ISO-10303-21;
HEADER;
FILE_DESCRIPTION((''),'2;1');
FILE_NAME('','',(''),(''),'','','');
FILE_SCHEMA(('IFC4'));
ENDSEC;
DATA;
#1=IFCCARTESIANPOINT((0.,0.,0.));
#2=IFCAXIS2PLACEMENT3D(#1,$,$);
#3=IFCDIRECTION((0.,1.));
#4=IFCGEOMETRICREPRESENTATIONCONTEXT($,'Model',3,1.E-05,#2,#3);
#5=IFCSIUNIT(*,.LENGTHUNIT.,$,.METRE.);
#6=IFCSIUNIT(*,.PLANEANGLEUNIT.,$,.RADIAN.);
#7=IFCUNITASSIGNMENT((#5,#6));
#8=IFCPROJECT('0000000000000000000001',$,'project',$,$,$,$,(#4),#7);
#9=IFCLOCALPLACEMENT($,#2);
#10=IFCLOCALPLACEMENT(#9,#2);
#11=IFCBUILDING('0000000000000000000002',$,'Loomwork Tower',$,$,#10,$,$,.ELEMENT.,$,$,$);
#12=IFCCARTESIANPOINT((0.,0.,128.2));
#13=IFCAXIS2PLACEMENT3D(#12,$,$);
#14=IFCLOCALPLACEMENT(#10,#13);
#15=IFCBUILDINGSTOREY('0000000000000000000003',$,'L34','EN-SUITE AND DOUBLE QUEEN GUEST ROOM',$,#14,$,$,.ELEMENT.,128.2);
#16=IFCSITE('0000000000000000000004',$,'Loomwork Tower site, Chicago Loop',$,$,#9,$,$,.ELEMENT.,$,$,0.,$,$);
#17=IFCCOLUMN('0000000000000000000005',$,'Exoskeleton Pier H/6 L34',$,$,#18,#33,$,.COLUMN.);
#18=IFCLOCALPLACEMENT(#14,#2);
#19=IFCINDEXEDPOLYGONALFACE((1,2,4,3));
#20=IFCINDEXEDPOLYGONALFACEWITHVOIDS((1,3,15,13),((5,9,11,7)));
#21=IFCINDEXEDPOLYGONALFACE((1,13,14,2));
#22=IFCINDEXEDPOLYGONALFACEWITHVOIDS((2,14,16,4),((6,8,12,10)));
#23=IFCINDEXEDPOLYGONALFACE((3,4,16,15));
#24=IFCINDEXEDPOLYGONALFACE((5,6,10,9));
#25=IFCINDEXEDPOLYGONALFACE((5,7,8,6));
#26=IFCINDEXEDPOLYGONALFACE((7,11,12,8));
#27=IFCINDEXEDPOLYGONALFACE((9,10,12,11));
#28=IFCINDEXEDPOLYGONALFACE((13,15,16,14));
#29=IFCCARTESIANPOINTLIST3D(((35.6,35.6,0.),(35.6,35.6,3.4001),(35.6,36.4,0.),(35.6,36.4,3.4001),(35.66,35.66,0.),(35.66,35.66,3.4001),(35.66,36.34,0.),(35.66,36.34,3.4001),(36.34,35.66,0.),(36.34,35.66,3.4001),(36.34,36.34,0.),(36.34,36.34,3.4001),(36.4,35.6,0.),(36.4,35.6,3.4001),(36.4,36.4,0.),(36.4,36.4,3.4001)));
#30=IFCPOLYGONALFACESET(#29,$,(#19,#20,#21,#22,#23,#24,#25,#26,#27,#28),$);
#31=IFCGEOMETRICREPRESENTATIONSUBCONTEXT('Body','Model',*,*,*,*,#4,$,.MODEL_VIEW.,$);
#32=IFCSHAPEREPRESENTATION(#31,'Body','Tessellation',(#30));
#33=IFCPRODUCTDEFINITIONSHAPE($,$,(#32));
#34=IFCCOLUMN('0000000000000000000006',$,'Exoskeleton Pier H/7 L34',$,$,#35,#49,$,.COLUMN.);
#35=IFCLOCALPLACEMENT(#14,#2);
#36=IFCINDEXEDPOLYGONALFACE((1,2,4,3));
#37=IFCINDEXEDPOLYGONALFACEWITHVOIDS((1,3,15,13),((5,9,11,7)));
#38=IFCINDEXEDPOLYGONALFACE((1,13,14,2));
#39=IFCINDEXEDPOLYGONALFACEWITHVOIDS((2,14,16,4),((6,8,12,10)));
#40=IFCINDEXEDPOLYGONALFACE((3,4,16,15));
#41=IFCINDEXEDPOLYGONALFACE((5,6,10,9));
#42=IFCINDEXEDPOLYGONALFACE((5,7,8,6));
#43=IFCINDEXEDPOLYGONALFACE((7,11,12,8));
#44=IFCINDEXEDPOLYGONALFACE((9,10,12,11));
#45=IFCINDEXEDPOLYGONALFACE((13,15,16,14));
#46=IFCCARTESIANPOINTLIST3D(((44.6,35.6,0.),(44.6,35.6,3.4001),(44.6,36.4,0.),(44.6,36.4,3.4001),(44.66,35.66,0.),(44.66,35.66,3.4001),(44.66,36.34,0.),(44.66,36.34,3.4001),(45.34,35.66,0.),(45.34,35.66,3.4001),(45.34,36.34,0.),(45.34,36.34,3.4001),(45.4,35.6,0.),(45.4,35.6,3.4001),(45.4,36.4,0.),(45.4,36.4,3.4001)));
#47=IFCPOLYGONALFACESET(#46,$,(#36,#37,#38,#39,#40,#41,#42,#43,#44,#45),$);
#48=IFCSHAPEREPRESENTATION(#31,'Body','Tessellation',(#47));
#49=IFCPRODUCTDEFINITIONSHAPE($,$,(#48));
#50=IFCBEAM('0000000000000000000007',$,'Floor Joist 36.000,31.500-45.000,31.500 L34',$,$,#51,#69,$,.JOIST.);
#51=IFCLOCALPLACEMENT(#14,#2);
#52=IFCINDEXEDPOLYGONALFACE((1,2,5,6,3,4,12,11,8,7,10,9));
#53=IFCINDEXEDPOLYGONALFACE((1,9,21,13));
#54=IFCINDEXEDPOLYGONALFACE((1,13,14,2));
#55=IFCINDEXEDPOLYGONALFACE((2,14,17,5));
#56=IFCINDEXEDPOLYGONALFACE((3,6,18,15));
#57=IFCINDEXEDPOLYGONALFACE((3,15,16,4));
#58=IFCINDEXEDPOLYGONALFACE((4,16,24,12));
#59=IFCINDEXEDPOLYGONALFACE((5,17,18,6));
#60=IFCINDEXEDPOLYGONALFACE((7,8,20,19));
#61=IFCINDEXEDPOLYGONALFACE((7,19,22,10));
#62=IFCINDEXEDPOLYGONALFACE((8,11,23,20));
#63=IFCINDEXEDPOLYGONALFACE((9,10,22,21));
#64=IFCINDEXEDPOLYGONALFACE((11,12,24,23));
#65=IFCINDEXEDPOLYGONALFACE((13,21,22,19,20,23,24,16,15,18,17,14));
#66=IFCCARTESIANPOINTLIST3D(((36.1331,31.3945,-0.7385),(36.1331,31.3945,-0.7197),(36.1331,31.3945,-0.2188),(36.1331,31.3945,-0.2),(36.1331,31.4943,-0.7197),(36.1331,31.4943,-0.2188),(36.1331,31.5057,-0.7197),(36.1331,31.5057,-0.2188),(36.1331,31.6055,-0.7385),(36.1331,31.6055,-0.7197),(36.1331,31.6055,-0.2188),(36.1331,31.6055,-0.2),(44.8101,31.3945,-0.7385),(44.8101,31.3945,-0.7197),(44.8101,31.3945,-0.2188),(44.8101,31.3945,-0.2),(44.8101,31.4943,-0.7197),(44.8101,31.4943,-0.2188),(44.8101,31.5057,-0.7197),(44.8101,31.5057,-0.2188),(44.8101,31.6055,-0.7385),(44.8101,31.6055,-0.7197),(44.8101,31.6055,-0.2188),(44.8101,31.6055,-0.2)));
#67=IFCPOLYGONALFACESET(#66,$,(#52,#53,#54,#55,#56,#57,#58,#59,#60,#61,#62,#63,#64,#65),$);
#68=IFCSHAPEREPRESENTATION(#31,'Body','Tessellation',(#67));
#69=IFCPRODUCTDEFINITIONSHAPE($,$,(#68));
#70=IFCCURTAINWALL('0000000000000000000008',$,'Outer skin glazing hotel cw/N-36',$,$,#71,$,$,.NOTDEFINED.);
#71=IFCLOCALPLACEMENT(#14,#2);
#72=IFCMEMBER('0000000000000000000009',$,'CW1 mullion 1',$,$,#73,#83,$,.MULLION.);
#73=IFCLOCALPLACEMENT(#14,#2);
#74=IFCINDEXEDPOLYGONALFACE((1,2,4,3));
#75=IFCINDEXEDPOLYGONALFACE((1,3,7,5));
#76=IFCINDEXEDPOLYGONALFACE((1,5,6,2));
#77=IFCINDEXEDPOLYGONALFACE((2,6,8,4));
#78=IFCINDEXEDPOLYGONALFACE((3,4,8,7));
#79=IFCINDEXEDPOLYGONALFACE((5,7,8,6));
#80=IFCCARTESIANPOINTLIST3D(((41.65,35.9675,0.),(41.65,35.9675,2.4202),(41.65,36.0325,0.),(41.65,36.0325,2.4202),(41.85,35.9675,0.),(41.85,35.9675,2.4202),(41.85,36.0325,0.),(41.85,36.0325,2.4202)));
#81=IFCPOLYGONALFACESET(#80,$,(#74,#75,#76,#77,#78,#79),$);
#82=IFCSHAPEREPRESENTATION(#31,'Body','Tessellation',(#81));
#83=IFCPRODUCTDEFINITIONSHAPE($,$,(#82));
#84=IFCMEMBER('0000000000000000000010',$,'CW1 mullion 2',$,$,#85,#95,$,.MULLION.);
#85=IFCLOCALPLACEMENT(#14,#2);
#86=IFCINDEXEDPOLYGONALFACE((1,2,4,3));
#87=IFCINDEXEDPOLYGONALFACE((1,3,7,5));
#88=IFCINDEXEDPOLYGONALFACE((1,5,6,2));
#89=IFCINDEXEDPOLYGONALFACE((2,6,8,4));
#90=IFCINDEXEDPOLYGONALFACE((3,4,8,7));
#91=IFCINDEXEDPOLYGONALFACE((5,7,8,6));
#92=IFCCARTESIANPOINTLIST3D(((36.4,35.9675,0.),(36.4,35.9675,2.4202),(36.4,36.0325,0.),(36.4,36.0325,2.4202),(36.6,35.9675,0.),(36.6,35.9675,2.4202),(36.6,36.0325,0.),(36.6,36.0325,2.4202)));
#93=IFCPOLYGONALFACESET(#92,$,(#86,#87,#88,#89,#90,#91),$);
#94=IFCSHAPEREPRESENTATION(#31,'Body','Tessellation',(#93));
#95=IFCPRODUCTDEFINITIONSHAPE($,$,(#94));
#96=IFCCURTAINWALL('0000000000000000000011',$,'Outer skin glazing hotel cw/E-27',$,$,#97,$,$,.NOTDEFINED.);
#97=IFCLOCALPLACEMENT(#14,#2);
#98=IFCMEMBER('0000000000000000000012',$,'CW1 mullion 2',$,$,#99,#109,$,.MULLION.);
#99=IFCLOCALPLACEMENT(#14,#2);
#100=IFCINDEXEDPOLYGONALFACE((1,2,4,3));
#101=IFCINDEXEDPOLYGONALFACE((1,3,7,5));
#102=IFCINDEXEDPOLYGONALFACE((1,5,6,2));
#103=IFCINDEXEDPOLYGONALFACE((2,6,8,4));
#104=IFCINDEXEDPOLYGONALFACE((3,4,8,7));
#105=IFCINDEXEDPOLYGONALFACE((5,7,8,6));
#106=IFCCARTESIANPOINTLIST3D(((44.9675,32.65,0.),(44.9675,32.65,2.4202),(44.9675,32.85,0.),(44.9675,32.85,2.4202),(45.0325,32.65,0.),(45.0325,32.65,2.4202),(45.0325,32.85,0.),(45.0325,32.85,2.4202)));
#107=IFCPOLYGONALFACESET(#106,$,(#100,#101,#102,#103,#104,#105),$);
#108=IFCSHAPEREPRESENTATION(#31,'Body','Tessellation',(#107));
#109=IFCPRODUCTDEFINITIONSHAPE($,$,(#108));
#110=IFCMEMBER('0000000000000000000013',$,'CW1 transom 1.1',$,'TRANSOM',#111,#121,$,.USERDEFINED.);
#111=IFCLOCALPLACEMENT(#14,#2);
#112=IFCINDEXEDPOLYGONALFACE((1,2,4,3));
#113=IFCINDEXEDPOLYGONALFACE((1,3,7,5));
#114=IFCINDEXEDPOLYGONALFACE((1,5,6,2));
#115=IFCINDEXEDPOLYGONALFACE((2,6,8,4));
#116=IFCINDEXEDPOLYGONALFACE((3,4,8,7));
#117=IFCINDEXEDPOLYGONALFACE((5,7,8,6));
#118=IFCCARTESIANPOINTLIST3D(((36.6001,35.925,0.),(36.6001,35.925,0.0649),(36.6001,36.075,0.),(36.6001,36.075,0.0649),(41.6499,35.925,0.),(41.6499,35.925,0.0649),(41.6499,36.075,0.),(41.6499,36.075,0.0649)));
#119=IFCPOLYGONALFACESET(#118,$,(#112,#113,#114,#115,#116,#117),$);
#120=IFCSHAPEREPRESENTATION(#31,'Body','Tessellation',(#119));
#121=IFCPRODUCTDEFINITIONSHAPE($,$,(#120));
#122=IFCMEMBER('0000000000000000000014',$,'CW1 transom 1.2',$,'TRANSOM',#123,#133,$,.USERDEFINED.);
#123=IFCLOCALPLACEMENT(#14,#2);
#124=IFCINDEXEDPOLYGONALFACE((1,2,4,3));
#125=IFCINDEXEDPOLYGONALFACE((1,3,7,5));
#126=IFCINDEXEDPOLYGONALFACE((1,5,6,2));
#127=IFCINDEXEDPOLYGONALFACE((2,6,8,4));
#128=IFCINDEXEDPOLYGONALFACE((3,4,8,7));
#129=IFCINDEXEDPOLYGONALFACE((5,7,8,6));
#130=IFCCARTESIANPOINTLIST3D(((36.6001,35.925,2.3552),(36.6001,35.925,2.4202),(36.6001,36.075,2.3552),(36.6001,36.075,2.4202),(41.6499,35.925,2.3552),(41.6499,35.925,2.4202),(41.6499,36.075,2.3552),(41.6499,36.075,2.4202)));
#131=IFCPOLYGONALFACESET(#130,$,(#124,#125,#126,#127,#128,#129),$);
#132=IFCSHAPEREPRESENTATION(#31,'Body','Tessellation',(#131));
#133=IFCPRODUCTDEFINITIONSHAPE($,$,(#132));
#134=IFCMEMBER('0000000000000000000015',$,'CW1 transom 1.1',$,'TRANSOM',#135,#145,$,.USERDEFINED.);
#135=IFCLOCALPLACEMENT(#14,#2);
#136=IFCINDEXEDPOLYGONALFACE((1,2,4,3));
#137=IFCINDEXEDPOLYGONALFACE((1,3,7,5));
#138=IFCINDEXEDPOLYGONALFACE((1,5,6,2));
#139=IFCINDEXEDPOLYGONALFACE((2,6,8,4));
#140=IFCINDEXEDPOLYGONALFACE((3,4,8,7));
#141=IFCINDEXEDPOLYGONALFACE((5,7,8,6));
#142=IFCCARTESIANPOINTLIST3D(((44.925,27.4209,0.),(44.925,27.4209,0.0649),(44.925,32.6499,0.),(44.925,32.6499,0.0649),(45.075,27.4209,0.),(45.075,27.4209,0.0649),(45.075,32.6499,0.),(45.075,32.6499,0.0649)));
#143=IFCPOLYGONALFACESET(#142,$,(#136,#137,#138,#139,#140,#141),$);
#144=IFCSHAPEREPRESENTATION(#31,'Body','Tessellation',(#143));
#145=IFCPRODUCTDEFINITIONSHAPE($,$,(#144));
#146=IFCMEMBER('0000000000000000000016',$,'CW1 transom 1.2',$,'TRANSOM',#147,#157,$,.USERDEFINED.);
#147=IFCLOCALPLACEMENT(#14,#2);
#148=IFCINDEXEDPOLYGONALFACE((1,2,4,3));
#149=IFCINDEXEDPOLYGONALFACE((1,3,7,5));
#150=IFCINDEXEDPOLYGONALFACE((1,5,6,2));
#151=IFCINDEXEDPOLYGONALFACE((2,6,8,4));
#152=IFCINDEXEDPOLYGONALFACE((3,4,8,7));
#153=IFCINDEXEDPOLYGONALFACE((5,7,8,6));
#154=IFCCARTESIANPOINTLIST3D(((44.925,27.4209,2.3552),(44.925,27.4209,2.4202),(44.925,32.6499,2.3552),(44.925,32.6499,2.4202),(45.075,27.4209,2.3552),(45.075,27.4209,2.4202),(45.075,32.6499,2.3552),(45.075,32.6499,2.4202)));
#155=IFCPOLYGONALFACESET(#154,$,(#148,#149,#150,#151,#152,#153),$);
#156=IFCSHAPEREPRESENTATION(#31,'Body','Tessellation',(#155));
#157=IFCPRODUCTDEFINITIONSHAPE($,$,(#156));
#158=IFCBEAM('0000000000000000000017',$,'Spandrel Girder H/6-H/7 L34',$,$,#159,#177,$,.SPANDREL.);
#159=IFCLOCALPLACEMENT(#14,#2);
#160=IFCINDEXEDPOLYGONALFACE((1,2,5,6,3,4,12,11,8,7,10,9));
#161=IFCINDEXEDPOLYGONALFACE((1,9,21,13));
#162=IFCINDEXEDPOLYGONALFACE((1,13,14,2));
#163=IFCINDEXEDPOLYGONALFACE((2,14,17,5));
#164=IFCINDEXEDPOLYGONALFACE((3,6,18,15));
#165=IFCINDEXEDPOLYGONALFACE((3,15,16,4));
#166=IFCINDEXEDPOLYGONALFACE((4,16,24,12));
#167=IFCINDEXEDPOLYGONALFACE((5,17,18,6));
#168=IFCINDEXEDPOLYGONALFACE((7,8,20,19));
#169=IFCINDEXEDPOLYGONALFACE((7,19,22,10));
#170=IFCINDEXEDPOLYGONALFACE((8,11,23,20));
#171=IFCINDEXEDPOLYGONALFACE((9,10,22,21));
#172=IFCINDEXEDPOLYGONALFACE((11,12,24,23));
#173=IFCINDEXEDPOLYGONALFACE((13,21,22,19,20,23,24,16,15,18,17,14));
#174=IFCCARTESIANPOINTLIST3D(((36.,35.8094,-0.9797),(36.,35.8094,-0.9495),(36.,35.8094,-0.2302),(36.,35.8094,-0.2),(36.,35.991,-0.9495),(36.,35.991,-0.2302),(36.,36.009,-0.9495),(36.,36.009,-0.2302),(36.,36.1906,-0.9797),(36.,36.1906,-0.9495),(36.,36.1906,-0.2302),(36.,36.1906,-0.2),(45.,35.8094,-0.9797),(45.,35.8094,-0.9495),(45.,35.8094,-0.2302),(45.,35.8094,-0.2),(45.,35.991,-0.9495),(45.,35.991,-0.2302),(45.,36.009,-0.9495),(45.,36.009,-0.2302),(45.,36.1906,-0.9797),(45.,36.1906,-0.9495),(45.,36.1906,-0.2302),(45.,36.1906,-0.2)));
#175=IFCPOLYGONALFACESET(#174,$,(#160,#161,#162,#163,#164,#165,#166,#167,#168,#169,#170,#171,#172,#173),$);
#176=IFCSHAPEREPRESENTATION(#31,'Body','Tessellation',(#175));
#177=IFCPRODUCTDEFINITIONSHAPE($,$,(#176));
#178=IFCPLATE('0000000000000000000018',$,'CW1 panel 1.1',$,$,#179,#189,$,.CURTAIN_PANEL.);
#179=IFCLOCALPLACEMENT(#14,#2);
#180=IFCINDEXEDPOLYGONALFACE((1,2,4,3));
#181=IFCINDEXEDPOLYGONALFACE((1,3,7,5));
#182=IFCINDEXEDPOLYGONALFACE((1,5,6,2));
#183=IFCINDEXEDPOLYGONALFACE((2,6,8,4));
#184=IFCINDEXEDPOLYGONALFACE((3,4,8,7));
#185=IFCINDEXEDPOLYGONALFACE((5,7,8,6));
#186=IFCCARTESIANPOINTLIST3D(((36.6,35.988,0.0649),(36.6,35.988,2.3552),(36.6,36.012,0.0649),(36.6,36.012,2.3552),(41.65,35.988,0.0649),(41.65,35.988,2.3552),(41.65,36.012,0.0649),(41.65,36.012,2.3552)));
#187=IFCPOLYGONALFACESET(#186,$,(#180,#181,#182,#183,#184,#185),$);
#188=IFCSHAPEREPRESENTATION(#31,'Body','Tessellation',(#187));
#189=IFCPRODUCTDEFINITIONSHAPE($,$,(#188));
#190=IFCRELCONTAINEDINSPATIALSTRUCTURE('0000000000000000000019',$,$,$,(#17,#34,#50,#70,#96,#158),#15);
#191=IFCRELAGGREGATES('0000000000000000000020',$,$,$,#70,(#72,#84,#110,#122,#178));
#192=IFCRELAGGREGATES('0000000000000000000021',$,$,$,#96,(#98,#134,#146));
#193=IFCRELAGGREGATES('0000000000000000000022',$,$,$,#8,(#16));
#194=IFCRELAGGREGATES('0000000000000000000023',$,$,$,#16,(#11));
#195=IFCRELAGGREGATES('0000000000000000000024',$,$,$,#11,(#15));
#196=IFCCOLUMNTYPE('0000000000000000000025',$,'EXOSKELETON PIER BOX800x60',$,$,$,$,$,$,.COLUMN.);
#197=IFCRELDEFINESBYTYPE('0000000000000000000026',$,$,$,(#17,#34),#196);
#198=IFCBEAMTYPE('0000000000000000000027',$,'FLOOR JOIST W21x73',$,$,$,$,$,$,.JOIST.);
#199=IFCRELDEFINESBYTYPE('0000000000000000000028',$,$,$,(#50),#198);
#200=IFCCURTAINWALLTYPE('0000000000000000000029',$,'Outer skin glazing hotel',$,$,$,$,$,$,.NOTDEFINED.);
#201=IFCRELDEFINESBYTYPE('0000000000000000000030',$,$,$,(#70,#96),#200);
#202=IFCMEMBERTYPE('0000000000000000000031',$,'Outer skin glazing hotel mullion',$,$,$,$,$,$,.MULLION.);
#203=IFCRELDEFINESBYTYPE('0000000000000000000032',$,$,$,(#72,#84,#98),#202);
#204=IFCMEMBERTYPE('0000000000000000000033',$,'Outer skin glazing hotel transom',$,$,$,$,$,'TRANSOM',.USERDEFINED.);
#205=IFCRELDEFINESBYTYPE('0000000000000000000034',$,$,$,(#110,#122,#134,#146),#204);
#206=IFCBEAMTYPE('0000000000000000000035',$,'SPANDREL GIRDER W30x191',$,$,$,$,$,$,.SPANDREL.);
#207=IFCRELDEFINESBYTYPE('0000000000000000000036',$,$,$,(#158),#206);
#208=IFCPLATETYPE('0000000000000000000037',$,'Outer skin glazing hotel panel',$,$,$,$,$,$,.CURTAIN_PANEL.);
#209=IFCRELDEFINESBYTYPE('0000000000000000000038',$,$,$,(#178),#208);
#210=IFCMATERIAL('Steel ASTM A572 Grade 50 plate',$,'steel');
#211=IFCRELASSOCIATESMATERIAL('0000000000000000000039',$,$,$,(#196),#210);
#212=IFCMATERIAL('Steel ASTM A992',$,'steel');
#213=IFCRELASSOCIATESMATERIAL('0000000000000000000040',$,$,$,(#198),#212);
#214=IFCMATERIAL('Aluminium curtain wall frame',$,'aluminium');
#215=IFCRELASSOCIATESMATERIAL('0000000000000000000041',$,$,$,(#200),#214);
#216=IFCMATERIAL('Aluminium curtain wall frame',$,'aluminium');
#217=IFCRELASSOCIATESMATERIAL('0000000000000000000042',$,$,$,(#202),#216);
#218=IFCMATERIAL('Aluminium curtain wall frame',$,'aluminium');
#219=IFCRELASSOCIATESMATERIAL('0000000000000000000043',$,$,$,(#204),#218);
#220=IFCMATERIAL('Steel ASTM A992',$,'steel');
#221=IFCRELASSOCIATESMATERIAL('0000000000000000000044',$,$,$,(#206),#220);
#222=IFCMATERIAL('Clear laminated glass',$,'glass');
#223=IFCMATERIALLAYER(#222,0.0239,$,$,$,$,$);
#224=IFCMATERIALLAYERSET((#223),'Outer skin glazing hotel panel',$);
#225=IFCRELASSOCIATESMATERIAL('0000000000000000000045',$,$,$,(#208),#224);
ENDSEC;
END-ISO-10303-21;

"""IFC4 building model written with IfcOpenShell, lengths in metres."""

from ifc_helpers import new_model, si_unit, direction, frame, origin, origin_2d, place, context, subcontext, project, spatial, rectangle, hollow_rectangle, i_section, extrude, material, layer, layer_set, material_profile, profile_set, type_object, element, aggregate, save


model = new_model("IFC4")

# Units and contexts
model_context = context("Model", 3, precision=1e-05, world=origin(), true_north=direction((0.0, 1.0)))
body_context = subcontext(model_context, "Body", "Model", "MODEL_VIEW")
ifc_project = project(units=[si_unit("LENGTHUNIT", "METRE"), si_unit("PLANEANGLEUNIT", "RADIAN")], contexts=[model_context])

# Site, building, storey
site_placement = place(None, origin())
site = spatial("IfcSite", under=ifc_project, at=site_placement, Name="Loomwork Tower site, Chicago Loop", CompositionType="ELEMENT", RefElevation=0.0)
building_placement = place(site_placement, origin())
building = spatial("IfcBuilding", under=site, at=building_placement, Name="Loomwork Tower", CompositionType="ELEMENT")
storey_placement = place(building_placement, frame((0.0, 0.0, 128.2)))
storey = spatial("IfcBuildingStorey", under=building, at=storey_placement, Name="L34", Description="EN-SUITE AND DOUBLE QUEEN GUEST ROOM", CompositionType="ELEMENT", Elevation=128.2)

# Columns
ifc_material_1 = material(Name="Steel ASTM A572 Grade 50 plate", Category="steel")
ifc_material_profile_1 = material_profile(ifc_material_1, hollow_rectangle(XDim=0.8, YDim=0.8, WallThickness=0.0601, at=origin_2d()), Name="BOX800x60")
ifc_profile_set_1 = profile_set([ifc_material_profile_1], Name="Steel ASTM A572 Grade 50 plate")
column_type = type_object("IfcColumnType", Name="EXOSKELETON PIER BOX800x60", PredefinedType="COLUMN", material=ifc_profile_set_1)
for number, where, z_axis, x_axis, name in (
    (1, (36.0, 36.0, 0.0), (0.0, 0.0, 1.0), (1.0, 0.0, 0.0), "Exoskeleton Pier H/6 L34"),
    (2, (45.0, 36.0, 0.0), (0.0, 0.0, 1.0), (1.0, 0.0, 0.0), "Exoskeleton Pier H/7 L34"),
):
    element("IfcColumn", number, at=place(storey_placement, frame(where, z_axis=z_axis, x_axis=x_axis)), inside=storey, type_object=column_type, Name=name, PredefinedType="COLUMN", context=body_context, shape_type="SweptSolid", body=[
        extrude(hollow_rectangle(XDim=0.8, YDim=0.8, WallThickness=0.0601, at=origin_2d()), origin(), (0.0, 0.0, 1.0), 3.4001),
    ])

# Beam
ifc_material_2 = material(Name="Steel ASTM A992", Category="steel")
ifc_material_profile_2 = material_profile(ifc_material_2, i_section(OverallWidth=0.2109, OverallDepth=0.5386, WebThickness=0.0115, FlangeThickness=0.0188, at=origin_2d()), Name="W21x73")
ifc_profile_set_2 = profile_set([ifc_material_profile_2], Name="Steel ASTM A992")
beam_type_1 = type_object("IfcBeamType", Name="FLOOR JOIST W21x73", PredefinedType="JOIST", material=ifc_profile_set_2)
beam_1_placement = place(storey_placement, frame((36.1331, 31.5, -0.4692), z_axis=(1.0, 0.0, 0.0), x_axis=(0.0, 1.0, 0.0)))
element("IfcBeam", 3, at=beam_1_placement, inside=storey, type_object=beam_type_1, Name="Floor Joist 36.000,31.500-45.000,31.500 L34", PredefinedType="JOIST", context=body_context, shape_type="SweptSolid", body=[
    extrude(i_section(OverallWidth=0.2109, OverallDepth=0.5386, WebThickness=0.0115, FlangeThickness=0.0188, at=origin_2d()), origin(), (0.0, 0.0, 1.0), 8.677),
])

# Curtain wall, members
ifc_material_3 = material(Name="Aluminium curtain wall frame", Category="aluminium")
curtain_wall_type = type_object("IfcCurtainWallType", Name="Outer skin glazing hotel", PredefinedType="NOTDEFINED", material=ifc_material_3)
curtain_wall_1_placement = place(storey_placement, origin())
curtain_wall_1 = element("IfcCurtainWall", 4, at=curtain_wall_1_placement, inside=storey, type_object=curtain_wall_type, Name="Outer skin glazing hotel cw/N-36", PredefinedType="NOTDEFINED")
ifc_material_4 = material(Name="Aluminium curtain wall frame", Category="aluminium")
ifc_material_profile_3 = material_profile(ifc_material_4, rectangle(XDim=0.0649, YDim=0.2, at=origin_2d()), Name="AL 65x200")
ifc_profile_set_3 = profile_set([ifc_material_profile_3], Name="Aluminium curtain wall frame")
member_type_1 = type_object("IfcMemberType", Name="Outer skin glazing hotel mullion", PredefinedType="MULLION", material=ifc_profile_set_3)
member_1_placement = place(storey_placement, frame((41.75, 36.0, 0.0), z_axis=(0.0, 0.0, 1.0), x_axis=(0.0, -1.0, 0.0)))
member_1 = element("IfcMember", 5, at=member_1_placement, type_object=member_type_1, Name="CW1 mullion 1", PredefinedType="MULLION", context=body_context, shape_type="SweptSolid", body=[
    extrude(rectangle(XDim=0.0649, YDim=0.2, at=origin_2d()), origin(), (0.0, 0.0, 1.0), 2.4202),
])
member_2_placement = place(storey_placement, frame((36.5, 36.0, 0.0), z_axis=(0.0, 0.0, 1.0), x_axis=(0.0, -1.0, 0.0)))
member_2 = element("IfcMember", 6, at=member_2_placement, type_object=member_type_1, Name="CW1 mullion 2", PredefinedType="MULLION", context=body_context, shape_type="SweptSolid", body=[
    extrude(rectangle(XDim=0.0649, YDim=0.2, at=origin_2d()), origin(), (0.0, 0.0, 1.0), 2.4202),
])

# Curtain wall, member
curtain_wall_2_placement = place(storey_placement, origin())
curtain_wall_2 = element("IfcCurtainWall", 7, at=curtain_wall_2_placement, inside=storey, type_object=curtain_wall_type, Name="Outer skin glazing hotel cw/E-27", PredefinedType="NOTDEFINED")
member_3_placement = place(storey_placement, frame((45.0, 32.75, 0.0), z_axis=(0.0, 0.0, 1.0), x_axis=(-1.0, 0.0, 0.0)))
member_3 = element("IfcMember", 8, at=member_3_placement, type_object=member_type_1, Name="CW1 mullion 2", PredefinedType="MULLION", context=body_context, shape_type="SweptSolid", body=[
    extrude(rectangle(XDim=0.0649, YDim=0.2, at=origin_2d()), origin(), (0.0, 0.0, 1.0), 2.4202),
])

# Members
ifc_material_5 = material(Name="Aluminium curtain wall frame", Category="aluminium")
ifc_material_profile_4 = material_profile(ifc_material_5, rectangle(XDim=0.1499, YDim=0.0649, at=origin_2d()), Name="AL 65x150")
ifc_profile_set_4 = profile_set([ifc_material_profile_4], Name="Aluminium curtain wall frame")
member_type_2 = type_object("IfcMemberType", Name="Outer skin glazing hotel transom", ElementType="TRANSOM", PredefinedType="USERDEFINED", material=ifc_profile_set_4)
member_4_placement = place(storey_placement, frame((41.6499, 36.0, 0.0325), z_axis=(-1.0, 0.0, 0.0), x_axis=(0.0, -1.0, 0.0)))
member_4 = element("IfcMember", 9, at=member_4_placement, type_object=member_type_2, Name="CW1 transom 1.1", ObjectType="TRANSOM", PredefinedType="USERDEFINED", context=body_context, shape_type="SweptSolid", body=[
    extrude(rectangle(XDim=0.1499, YDim=0.0649, at=origin_2d()), origin(), (0.0, 0.0, 1.0), 5.0498),
])
member_5_placement = place(storey_placement, frame((41.6499, 36.0, 2.3877), z_axis=(-1.0, 0.0, 0.0), x_axis=(0.0, -1.0, 0.0)))
member_5 = element("IfcMember", 10, at=member_5_placement, type_object=member_type_2, Name="CW1 transom 1.2", ObjectType="TRANSOM", PredefinedType="USERDEFINED", context=body_context, shape_type="SweptSolid", body=[
    extrude(rectangle(XDim=0.1499, YDim=0.0649, at=origin_2d()), origin(), (0.0, 0.0, 1.0), 5.0498),
])
member_6_placement = place(storey_placement, frame((45.0, 27.4209, 0.0325), z_axis=(0.0, 1.0, 0.0), x_axis=(-1.0, 0.0, 0.0)))
member_6 = element("IfcMember", 11, at=member_6_placement, type_object=member_type_2, Name="CW1 transom 1.1", ObjectType="TRANSOM", PredefinedType="USERDEFINED", context=body_context, shape_type="SweptSolid", body=[
    extrude(rectangle(XDim=0.1499, YDim=0.0649, at=origin_2d()), origin(), (0.0, 0.0, 1.0), 5.229),
])
member_7_placement = place(storey_placement, frame((45.0, 27.4209, 2.3877), z_axis=(0.0, 1.0, 0.0), x_axis=(-1.0, 0.0, 0.0)))
member_7 = element("IfcMember", 12, at=member_7_placement, type_object=member_type_2, Name="CW1 transom 1.2", ObjectType="TRANSOM", PredefinedType="USERDEFINED", context=body_context, shape_type="SweptSolid", body=[
    extrude(rectangle(XDim=0.1499, YDim=0.0649, at=origin_2d()), origin(), (0.0, 0.0, 1.0), 5.229),
])

# Beam
ifc_material_6 = material(Name="Steel ASTM A992", Category="steel")
ifc_material_profile_5 = material_profile(ifc_material_6, i_section(OverallWidth=0.3811, OverallDepth=0.7798, WebThickness=0.0181, FlangeThickness=0.0303, at=origin_2d()), Name="W30x191")
ifc_profile_set_5 = profile_set([ifc_material_profile_5], Name="Steel ASTM A992")
beam_type_2 = type_object("IfcBeamType", Name="SPANDREL GIRDER W30x191", PredefinedType="SPANDREL", material=ifc_profile_set_5)
beam_2_placement = place(storey_placement, frame((36.0, 36.0, -0.5898), z_axis=(1.0, 0.0, 0.0), x_axis=(0.0, 1.0, 0.0)))
element("IfcBeam", 13, at=beam_2_placement, inside=storey, type_object=beam_type_2, Name="Spandrel Girder H/6-H/7 L34", PredefinedType="SPANDREL", context=body_context, shape_type="SweptSolid", body=[
    extrude(i_section(OverallWidth=0.3811, OverallDepth=0.7798, WebThickness=0.0181, FlangeThickness=0.0303, at=origin_2d()), origin(), (0.0, 0.0, 1.0), 9.0),
])

# Plate
ifc_material_7 = material(Name="Clear laminated glass", Category="glass")
ifc_layer_1 = layer(ifc_material_7, 0.0239)
ifc_layer_set_1 = layer_set([ifc_layer_1], Name="Outer skin glazing hotel panel")
plate_type = type_object("IfcPlateType", Name="Outer skin glazing hotel panel", PredefinedType="CURTAIN_PANEL", material=ifc_layer_set_1)
plate_1_placement = place(storey_placement, frame((39.125, 36.0, 0.0649), z_axis=(0.0, 0.0, 1.0), x_axis=(-1.0, 0.0, 0.0)))
plate_1 = element("IfcPlate", 14, at=plate_1_placement, type_object=plate_type, Name="CW1 panel 1.1", PredefinedType="CURTAIN_PANEL", context=body_context, shape_type="SweptSolid", body=[
    extrude(rectangle(XDim=5.05, YDim=0.0239, at=origin_2d()), origin(), (0.0, 0.0, 1.0), 2.2903),
])
aggregate(curtain_wall_1, [member_1, member_2, member_4, member_5, plate_1])
aggregate(curtain_wall_2, [member_3, member_6, member_7])

save(model, "model.ifc")
